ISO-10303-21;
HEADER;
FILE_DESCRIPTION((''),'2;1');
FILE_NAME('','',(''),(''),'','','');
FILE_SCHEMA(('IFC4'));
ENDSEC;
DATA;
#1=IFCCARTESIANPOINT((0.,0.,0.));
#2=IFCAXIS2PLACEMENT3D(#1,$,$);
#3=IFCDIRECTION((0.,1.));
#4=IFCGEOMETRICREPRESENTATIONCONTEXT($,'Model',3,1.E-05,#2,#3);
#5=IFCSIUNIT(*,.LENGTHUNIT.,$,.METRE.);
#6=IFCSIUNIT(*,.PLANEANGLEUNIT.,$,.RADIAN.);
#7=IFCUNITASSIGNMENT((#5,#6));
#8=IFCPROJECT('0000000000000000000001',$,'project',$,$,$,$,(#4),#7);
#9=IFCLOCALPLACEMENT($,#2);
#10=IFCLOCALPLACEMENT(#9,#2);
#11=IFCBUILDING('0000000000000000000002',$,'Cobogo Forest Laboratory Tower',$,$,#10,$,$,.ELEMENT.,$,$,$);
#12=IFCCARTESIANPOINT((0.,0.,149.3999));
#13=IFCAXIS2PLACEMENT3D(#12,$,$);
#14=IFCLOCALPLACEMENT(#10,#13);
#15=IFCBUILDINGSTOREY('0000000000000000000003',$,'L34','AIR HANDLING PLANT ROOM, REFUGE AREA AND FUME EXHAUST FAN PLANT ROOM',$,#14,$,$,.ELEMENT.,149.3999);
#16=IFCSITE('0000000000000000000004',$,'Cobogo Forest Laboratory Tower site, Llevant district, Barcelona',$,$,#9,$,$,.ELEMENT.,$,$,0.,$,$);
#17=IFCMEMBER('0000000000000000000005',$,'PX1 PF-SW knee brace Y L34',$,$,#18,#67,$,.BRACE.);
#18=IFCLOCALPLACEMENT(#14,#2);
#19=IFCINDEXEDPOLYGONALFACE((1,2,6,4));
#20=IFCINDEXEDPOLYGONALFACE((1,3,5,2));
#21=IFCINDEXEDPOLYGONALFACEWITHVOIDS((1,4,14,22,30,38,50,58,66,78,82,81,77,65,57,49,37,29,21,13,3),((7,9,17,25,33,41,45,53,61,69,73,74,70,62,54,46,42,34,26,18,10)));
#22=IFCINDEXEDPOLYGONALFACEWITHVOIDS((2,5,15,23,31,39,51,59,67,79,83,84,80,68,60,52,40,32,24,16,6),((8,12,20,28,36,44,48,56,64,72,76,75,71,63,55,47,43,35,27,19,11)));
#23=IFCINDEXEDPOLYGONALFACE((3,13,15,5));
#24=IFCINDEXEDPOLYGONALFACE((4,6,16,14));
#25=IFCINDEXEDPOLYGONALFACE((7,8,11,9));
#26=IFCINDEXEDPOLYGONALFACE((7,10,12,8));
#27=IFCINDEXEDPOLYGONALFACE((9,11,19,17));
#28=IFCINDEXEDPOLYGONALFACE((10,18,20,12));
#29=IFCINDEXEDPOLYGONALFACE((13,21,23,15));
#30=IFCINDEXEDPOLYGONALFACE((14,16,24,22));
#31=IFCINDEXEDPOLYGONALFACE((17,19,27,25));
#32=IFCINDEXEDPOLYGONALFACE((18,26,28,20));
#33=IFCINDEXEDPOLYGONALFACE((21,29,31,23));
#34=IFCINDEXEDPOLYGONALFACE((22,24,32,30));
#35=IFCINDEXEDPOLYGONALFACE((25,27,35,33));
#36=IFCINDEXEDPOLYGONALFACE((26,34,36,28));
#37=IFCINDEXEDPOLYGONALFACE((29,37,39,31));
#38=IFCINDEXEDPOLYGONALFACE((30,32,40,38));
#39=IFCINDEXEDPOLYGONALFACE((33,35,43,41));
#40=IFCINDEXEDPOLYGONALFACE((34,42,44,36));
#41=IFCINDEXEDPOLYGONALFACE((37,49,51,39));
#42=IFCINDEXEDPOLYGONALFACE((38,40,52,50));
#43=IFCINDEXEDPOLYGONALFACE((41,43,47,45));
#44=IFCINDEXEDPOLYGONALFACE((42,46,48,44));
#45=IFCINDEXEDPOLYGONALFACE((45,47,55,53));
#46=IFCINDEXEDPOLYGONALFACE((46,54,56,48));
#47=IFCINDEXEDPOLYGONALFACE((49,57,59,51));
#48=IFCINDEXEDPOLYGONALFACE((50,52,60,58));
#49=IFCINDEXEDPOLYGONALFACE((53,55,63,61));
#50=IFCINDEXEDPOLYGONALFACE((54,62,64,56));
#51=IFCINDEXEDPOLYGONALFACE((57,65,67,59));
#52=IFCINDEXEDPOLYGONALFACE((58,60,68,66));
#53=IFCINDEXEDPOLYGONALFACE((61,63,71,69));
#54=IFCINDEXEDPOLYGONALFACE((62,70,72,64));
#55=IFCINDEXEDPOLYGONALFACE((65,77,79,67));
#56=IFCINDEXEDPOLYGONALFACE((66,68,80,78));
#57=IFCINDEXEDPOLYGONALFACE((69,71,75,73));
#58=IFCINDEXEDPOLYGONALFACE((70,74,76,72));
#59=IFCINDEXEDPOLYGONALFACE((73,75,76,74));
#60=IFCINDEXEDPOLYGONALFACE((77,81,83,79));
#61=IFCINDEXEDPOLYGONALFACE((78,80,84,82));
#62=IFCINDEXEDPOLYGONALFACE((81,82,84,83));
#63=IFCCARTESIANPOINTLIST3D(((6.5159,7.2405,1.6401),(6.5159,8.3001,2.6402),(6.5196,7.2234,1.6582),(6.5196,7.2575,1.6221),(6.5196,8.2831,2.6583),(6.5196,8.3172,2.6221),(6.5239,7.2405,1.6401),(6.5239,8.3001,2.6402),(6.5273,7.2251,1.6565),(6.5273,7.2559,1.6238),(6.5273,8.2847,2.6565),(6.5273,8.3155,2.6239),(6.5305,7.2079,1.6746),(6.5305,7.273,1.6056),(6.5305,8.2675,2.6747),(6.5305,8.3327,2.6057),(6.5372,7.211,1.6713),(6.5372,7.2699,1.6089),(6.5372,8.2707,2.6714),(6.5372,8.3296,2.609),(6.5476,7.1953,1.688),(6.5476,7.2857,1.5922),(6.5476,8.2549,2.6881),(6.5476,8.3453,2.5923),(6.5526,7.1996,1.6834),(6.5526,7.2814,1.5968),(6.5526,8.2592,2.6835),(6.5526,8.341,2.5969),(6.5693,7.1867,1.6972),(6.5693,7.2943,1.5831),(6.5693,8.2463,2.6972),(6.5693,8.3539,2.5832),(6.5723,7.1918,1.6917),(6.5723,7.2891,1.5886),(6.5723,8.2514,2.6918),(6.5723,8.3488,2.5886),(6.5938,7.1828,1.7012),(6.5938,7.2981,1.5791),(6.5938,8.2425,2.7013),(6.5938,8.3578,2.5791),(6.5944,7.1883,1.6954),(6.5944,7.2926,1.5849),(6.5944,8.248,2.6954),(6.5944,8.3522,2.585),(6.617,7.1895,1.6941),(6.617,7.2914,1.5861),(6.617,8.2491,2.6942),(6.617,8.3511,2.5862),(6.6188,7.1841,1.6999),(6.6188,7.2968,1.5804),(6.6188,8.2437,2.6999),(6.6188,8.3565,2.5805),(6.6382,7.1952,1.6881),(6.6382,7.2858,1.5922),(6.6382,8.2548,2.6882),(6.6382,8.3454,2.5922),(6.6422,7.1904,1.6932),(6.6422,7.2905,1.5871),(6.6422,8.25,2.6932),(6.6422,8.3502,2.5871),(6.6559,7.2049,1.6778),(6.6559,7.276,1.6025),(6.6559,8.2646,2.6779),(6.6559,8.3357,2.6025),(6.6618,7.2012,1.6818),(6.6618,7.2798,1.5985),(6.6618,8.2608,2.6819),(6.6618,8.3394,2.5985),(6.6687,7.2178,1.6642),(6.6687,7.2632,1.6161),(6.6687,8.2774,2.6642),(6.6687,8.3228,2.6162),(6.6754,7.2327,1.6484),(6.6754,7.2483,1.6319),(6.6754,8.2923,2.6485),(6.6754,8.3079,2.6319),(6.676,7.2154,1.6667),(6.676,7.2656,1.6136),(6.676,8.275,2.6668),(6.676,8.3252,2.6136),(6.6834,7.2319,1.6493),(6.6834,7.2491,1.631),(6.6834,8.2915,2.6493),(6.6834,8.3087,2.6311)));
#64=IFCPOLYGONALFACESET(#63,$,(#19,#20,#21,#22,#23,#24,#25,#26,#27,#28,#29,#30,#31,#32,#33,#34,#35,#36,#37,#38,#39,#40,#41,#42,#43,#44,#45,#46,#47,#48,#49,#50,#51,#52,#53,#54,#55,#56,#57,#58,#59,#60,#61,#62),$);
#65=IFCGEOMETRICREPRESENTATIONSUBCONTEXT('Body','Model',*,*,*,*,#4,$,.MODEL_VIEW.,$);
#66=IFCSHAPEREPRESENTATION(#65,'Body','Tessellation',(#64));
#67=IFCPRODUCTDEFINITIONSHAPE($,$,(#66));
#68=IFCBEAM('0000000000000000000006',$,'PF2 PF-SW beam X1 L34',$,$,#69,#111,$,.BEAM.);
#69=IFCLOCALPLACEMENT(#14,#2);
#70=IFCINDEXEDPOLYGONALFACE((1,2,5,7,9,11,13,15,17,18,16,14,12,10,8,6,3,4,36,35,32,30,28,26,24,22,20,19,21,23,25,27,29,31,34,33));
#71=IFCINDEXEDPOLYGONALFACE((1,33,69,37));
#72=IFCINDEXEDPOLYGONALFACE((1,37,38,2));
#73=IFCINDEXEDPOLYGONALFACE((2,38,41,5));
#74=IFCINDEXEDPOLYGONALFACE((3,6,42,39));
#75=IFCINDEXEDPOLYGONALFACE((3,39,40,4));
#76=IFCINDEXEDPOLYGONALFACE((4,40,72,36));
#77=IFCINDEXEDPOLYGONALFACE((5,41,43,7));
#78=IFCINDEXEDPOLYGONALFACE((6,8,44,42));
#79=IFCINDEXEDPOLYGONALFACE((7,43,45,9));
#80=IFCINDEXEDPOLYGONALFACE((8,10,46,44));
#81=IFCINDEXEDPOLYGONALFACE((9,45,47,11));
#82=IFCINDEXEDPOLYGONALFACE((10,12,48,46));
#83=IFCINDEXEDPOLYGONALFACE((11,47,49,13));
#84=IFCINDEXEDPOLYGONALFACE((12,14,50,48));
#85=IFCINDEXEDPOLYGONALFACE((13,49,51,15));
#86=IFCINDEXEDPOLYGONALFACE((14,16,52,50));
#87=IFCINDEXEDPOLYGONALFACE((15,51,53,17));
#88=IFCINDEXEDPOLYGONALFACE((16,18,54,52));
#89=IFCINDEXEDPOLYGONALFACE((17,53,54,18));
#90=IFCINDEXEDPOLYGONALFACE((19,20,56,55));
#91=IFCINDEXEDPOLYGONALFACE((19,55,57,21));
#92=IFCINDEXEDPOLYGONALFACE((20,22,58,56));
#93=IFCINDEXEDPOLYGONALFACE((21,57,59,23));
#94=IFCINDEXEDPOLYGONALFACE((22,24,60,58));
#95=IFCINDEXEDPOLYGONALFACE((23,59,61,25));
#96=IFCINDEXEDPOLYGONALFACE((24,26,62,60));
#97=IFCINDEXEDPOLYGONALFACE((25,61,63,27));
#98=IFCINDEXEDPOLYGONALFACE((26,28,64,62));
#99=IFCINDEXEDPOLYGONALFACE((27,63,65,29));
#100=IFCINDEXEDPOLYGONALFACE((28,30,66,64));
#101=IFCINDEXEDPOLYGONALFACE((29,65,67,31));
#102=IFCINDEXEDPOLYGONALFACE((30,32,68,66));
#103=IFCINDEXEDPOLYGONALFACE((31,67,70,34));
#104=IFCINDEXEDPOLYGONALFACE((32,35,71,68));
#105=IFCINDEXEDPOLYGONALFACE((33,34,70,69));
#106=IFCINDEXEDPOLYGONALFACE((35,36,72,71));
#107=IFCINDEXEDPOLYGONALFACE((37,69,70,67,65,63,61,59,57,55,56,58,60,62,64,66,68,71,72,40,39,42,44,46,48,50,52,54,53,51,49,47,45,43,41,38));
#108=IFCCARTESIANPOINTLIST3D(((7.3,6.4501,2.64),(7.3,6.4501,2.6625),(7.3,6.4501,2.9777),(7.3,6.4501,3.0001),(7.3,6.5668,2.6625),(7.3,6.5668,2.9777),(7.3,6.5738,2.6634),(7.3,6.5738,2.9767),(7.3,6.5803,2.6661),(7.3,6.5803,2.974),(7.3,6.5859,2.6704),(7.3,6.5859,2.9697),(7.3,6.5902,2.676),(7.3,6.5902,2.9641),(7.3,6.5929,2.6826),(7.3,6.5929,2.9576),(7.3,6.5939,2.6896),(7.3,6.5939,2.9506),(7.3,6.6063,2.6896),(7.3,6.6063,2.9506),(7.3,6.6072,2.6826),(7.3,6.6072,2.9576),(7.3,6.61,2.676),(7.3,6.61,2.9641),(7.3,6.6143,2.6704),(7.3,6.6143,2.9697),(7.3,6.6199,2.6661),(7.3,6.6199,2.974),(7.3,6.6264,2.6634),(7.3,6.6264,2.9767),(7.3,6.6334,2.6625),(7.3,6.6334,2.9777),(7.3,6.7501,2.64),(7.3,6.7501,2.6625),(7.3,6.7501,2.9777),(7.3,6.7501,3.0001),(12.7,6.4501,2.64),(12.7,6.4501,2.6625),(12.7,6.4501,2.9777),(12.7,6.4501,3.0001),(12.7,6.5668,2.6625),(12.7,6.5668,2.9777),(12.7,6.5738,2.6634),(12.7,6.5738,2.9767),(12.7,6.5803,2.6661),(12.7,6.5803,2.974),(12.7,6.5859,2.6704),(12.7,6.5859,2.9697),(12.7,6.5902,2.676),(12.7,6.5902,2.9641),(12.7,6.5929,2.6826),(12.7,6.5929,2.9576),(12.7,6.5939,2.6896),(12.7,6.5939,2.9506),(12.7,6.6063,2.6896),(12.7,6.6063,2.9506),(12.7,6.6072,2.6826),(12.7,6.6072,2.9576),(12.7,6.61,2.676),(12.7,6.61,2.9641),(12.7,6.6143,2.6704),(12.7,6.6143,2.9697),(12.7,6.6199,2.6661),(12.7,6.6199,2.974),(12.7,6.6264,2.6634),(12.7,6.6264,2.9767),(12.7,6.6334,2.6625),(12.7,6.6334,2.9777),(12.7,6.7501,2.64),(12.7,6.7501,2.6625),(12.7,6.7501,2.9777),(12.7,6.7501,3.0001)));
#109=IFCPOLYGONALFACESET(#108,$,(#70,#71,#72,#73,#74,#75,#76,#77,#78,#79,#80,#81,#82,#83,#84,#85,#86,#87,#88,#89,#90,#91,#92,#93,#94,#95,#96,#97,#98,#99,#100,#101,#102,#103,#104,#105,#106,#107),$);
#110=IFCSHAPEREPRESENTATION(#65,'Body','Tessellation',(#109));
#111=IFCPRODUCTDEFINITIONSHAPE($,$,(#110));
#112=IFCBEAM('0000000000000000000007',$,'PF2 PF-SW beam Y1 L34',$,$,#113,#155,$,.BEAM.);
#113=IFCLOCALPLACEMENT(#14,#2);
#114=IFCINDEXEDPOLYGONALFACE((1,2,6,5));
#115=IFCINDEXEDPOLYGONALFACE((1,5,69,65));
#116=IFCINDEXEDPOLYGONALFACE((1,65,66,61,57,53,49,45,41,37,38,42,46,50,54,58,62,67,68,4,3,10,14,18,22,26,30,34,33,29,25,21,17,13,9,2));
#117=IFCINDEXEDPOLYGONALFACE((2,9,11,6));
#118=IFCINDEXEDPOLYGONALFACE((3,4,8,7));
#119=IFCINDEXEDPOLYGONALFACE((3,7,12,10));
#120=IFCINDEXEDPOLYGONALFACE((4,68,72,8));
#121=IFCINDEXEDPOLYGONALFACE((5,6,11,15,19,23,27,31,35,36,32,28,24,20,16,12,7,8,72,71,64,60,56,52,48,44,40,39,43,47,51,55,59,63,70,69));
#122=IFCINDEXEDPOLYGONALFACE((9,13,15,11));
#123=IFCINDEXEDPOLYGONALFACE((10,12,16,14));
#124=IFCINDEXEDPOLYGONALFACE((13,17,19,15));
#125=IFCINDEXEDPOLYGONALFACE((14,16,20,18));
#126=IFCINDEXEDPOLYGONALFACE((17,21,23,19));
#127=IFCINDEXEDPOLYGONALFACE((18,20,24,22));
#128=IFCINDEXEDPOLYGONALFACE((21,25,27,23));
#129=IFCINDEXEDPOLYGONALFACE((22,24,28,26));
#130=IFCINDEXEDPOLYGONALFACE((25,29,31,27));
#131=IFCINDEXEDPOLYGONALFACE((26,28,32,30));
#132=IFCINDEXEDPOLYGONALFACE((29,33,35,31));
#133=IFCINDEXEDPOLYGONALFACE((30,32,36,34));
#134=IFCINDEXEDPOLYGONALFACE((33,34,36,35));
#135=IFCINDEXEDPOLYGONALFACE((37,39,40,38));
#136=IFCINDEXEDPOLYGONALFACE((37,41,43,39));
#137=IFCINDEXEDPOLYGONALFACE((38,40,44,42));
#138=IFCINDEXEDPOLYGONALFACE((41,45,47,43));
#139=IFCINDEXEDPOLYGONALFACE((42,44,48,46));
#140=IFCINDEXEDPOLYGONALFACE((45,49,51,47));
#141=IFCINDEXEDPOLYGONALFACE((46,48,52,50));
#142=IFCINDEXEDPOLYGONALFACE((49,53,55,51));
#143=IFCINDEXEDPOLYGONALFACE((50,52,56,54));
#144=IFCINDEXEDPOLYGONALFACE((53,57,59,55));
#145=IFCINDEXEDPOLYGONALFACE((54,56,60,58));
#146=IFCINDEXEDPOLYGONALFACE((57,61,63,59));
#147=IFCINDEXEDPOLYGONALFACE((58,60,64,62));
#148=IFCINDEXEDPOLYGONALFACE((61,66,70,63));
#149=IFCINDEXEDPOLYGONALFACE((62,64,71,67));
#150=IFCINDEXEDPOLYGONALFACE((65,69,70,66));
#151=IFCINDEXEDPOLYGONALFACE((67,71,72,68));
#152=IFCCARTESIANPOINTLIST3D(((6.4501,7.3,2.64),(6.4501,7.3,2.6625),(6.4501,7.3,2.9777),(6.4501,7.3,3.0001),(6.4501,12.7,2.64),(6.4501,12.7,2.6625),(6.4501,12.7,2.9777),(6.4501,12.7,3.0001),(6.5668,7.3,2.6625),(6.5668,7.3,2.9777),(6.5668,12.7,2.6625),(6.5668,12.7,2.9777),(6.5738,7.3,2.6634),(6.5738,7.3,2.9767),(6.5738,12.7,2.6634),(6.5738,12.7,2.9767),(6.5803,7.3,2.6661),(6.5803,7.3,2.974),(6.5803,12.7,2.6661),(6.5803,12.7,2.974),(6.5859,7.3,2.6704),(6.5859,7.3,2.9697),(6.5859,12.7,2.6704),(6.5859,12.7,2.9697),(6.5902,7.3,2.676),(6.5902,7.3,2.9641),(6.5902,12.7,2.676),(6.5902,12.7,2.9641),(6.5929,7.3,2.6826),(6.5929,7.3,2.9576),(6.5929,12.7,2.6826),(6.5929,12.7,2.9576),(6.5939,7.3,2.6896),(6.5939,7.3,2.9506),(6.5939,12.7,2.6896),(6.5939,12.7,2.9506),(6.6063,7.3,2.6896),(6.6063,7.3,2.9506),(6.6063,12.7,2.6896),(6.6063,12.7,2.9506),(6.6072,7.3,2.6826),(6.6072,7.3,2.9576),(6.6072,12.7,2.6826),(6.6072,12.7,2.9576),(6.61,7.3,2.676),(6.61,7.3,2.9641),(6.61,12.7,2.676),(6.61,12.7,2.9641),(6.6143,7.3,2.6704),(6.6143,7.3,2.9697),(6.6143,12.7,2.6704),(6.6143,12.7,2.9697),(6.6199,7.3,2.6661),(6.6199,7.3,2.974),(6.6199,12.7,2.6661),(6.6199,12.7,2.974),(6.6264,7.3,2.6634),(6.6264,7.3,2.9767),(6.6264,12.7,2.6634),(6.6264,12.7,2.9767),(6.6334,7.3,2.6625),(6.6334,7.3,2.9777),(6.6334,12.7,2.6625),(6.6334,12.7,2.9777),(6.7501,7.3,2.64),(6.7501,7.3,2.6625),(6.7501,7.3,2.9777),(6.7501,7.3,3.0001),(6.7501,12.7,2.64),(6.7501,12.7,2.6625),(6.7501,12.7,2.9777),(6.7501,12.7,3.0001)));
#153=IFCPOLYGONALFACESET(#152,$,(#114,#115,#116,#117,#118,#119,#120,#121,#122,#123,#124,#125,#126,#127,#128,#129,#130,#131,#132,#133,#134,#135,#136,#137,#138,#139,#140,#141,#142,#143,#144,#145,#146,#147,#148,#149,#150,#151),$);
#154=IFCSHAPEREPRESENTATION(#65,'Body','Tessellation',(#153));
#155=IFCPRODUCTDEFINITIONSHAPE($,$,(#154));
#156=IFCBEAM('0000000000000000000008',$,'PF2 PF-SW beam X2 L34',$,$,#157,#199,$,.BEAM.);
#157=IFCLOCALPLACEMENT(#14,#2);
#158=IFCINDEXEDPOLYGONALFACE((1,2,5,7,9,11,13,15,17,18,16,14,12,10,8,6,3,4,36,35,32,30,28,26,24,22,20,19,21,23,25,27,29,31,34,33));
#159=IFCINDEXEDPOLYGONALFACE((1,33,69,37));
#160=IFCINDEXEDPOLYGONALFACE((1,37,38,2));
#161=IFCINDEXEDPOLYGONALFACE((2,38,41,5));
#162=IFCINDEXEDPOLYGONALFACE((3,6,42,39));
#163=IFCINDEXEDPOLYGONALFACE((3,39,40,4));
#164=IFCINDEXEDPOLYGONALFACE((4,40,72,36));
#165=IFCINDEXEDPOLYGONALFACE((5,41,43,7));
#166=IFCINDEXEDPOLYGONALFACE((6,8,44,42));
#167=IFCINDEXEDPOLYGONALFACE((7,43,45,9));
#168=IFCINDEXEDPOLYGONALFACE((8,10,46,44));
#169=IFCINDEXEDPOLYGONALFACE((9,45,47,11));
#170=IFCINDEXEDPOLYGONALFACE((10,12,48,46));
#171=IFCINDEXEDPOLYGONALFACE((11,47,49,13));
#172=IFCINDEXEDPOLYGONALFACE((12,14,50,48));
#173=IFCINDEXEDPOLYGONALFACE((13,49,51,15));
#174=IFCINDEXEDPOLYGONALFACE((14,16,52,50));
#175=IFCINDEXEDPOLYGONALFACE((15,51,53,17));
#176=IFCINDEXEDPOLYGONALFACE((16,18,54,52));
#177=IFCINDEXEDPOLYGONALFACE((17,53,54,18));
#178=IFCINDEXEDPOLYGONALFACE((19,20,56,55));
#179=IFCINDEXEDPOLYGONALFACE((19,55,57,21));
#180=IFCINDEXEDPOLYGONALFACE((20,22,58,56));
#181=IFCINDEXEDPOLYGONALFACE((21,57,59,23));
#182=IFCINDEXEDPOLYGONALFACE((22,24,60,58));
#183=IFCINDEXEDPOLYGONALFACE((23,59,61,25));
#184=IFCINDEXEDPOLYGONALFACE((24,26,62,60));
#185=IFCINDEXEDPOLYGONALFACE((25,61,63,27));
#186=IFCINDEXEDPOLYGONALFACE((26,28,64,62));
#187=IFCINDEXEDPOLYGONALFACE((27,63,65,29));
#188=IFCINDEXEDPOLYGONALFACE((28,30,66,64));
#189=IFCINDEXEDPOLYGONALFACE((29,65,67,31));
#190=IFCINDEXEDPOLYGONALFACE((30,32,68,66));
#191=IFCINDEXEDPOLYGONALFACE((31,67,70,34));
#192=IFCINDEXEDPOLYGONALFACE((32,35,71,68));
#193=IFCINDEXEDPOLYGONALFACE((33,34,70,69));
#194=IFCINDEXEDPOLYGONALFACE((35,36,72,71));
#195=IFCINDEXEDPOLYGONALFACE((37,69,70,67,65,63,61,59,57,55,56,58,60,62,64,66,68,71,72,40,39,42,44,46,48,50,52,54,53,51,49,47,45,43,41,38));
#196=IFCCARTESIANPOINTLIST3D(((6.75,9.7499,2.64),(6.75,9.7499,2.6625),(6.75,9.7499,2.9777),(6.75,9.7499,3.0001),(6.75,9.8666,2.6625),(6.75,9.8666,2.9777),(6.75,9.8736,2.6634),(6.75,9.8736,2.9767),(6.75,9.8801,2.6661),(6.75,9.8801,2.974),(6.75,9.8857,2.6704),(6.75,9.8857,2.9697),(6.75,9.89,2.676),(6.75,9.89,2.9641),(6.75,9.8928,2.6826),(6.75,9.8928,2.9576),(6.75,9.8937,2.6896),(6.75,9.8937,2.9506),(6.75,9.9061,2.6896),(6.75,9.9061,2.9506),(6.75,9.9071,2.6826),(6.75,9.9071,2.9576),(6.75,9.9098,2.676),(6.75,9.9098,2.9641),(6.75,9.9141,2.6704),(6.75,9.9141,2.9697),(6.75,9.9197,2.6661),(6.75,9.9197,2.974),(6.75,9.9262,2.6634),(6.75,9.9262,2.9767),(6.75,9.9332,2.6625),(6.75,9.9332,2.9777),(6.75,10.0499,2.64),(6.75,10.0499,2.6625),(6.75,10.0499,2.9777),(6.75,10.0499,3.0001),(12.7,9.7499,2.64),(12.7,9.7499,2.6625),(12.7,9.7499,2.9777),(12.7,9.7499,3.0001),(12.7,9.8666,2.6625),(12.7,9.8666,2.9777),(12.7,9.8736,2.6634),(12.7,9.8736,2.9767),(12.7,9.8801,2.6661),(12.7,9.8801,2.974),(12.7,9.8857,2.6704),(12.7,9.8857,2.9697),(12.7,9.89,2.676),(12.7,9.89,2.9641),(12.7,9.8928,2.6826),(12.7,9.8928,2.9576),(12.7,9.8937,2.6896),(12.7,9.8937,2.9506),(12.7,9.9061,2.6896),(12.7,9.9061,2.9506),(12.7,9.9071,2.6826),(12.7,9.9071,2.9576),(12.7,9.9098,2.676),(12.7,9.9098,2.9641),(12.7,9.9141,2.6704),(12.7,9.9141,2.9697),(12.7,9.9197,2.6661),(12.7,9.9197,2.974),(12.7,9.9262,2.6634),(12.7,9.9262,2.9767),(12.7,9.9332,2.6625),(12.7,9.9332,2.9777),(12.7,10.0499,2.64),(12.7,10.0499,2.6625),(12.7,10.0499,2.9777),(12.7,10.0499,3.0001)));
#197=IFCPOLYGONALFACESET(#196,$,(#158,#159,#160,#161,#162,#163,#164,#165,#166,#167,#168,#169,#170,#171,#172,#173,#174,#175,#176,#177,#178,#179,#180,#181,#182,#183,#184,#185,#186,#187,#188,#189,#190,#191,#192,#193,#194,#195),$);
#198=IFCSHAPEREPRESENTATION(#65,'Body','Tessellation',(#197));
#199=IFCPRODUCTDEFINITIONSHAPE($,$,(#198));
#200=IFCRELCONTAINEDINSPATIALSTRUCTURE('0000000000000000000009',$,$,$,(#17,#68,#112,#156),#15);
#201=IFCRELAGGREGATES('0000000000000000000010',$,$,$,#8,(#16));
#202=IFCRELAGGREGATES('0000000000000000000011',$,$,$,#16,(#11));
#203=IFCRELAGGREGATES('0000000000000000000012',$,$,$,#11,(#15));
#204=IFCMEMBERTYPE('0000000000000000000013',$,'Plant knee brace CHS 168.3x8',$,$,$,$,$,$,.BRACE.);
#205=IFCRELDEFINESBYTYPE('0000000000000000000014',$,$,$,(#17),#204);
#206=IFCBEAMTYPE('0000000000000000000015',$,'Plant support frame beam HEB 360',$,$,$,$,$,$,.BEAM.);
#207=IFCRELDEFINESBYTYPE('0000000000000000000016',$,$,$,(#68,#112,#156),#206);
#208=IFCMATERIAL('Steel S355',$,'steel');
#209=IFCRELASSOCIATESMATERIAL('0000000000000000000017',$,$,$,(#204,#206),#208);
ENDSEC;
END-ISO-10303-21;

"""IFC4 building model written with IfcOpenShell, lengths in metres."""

from ifc_helpers import new_model, si_unit, direction, frame, origin, origin_2d, place, context, subcontext, project, spatial, hollow_circle, i_section, extrude, material, material_profile, profile_set, type_object, element, save


model = new_model("IFC4")

# Units and contexts
model_context = context("Model", 3, precision=1e-05, world=origin(), true_north=direction((0.0, 1.0)))
body_context = subcontext(model_context, "Body", "Model", "MODEL_VIEW")
ifc_project = project(units=[si_unit("LENGTHUNIT", "METRE"), si_unit("PLANEANGLEUNIT", "RADIAN")], contexts=[model_context])

# Site, building, storey
site_placement = place(None, origin())
site = spatial("IfcSite", under=ifc_project, at=site_placement, Name="Cobogo Forest Laboratory Tower site, Llevant district, Barcelona", CompositionType="ELEMENT", RefElevation=0.0)
building_placement = place(site_placement, origin())
building = spatial("IfcBuilding", under=site, at=building_placement, Name="Cobogo Forest Laboratory Tower", CompositionType="ELEMENT")
storey_placement = place(building_placement, frame((0.0, 0.0, 149.3999)))
storey = spatial("IfcBuildingStorey", under=building, at=storey_placement, Name="L34", Description="AIR HANDLING PLANT ROOM, REFUGE AREA AND FUME EXHAUST FAN PLANT ROOM", CompositionType="ELEMENT", Elevation=149.3999)

# Member
ifc_material_1 = material(Name="Steel S355", Category="steel")
ifc_material_profile_1 = material_profile(ifc_material_1, hollow_circle(Radius=0.0842, WallThickness=0.0081, at=origin_2d()), Name="CHS 168.3x8")
ifc_profile_set_1 = profile_set([ifc_material_profile_1], Name="Steel S355")
member_type_1 = type_object("IfcMemberType", Name="Plant knee brace CHS 168.3x8", PredefinedType="BRACE", material=ifc_profile_set_1)
for number, where, z_axis, x_axis, name in (
    (1, (6.6001, 7.2405, 1.6401), (0.0, 0.727255, 0.686368), (-1.0, 0.0, 0.0), "PX1 PF-SW knee brace Y L34"),
):
    element("IfcMember", number, at=place(storey_placement, frame(where, z_axis=z_axis, x_axis=x_axis)), inside=storey, type_object=member_type_1, Name=name, PredefinedType="BRACE", context=body_context, shape_type="SweptSolid", body=[
        extrude(hollow_circle(Radius=0.0842, WallThickness=0.0081, at=origin_2d()), origin(), (0.0, 0.0, 1.0), 1.457),
    ])

# Beams
ifc_material_profile_2 = material_profile(ifc_material_1, i_section(OverallWidth=0.3, OverallDepth=0.3601, WebThickness=0.0125, FlangeThickness=0.0225, FilletRadius=0.0271, at=origin_2d()), Name="HEB 360")
ifc_profile_set_2 = profile_set([ifc_material_profile_2], Name="Steel S355")
beam_type_1 = type_object("IfcBeamType", Name="Plant support frame beam HEB 360", PredefinedType="BEAM", material=ifc_profile_set_2)
for number, where, z_axis, x_axis, name in (
    (2, (7.3, 6.6001, 2.8201), (1.0, 0.0, 0.0), (0.0, 1.0, 0.0), "PF2 PF-SW beam X1 L34"),
    (3, (6.6001, 7.3, 2.8201), (0.0, 1.0, 0.0), (-1.0, 0.0, 0.0), "PF2 PF-SW beam Y1 L34"),
):
    element("IfcBeam", number, at=place(storey_placement, frame(where, z_axis=z_axis, x_axis=x_axis)), inside=storey, type_object=beam_type_1, Name=name, PredefinedType="BEAM", context=body_context, shape_type="SweptSolid", body=[
        extrude(i_section(OverallWidth=0.3, OverallDepth=0.3601, WebThickness=0.0125, FlangeThickness=0.0225, FilletRadius=0.0271, at=origin_2d()), origin(), (0.0, 0.0, 1.0), 5.3999),
    ])
beam_1_placement = place(storey_placement, frame((6.75, 9.8999, 2.8201), z_axis=(1.0, 0.0, 0.0), x_axis=(0.0, 1.0, 0.0)))
element("IfcBeam", 4, at=beam_1_placement, inside=storey, type_object=beam_type_1, Name="PF2 PF-SW beam X2 L34", PredefinedType="BEAM", context=body_context, shape_type="SweptSolid", body=[
    extrude(i_section(OverallWidth=0.3, OverallDepth=0.3601, WebThickness=0.0125, FlangeThickness=0.0225, FilletRadius=0.0271, at=origin_2d()), origin(), (0.0, 0.0, 1.0), 5.95),
])

save(model, "model.ifc")
